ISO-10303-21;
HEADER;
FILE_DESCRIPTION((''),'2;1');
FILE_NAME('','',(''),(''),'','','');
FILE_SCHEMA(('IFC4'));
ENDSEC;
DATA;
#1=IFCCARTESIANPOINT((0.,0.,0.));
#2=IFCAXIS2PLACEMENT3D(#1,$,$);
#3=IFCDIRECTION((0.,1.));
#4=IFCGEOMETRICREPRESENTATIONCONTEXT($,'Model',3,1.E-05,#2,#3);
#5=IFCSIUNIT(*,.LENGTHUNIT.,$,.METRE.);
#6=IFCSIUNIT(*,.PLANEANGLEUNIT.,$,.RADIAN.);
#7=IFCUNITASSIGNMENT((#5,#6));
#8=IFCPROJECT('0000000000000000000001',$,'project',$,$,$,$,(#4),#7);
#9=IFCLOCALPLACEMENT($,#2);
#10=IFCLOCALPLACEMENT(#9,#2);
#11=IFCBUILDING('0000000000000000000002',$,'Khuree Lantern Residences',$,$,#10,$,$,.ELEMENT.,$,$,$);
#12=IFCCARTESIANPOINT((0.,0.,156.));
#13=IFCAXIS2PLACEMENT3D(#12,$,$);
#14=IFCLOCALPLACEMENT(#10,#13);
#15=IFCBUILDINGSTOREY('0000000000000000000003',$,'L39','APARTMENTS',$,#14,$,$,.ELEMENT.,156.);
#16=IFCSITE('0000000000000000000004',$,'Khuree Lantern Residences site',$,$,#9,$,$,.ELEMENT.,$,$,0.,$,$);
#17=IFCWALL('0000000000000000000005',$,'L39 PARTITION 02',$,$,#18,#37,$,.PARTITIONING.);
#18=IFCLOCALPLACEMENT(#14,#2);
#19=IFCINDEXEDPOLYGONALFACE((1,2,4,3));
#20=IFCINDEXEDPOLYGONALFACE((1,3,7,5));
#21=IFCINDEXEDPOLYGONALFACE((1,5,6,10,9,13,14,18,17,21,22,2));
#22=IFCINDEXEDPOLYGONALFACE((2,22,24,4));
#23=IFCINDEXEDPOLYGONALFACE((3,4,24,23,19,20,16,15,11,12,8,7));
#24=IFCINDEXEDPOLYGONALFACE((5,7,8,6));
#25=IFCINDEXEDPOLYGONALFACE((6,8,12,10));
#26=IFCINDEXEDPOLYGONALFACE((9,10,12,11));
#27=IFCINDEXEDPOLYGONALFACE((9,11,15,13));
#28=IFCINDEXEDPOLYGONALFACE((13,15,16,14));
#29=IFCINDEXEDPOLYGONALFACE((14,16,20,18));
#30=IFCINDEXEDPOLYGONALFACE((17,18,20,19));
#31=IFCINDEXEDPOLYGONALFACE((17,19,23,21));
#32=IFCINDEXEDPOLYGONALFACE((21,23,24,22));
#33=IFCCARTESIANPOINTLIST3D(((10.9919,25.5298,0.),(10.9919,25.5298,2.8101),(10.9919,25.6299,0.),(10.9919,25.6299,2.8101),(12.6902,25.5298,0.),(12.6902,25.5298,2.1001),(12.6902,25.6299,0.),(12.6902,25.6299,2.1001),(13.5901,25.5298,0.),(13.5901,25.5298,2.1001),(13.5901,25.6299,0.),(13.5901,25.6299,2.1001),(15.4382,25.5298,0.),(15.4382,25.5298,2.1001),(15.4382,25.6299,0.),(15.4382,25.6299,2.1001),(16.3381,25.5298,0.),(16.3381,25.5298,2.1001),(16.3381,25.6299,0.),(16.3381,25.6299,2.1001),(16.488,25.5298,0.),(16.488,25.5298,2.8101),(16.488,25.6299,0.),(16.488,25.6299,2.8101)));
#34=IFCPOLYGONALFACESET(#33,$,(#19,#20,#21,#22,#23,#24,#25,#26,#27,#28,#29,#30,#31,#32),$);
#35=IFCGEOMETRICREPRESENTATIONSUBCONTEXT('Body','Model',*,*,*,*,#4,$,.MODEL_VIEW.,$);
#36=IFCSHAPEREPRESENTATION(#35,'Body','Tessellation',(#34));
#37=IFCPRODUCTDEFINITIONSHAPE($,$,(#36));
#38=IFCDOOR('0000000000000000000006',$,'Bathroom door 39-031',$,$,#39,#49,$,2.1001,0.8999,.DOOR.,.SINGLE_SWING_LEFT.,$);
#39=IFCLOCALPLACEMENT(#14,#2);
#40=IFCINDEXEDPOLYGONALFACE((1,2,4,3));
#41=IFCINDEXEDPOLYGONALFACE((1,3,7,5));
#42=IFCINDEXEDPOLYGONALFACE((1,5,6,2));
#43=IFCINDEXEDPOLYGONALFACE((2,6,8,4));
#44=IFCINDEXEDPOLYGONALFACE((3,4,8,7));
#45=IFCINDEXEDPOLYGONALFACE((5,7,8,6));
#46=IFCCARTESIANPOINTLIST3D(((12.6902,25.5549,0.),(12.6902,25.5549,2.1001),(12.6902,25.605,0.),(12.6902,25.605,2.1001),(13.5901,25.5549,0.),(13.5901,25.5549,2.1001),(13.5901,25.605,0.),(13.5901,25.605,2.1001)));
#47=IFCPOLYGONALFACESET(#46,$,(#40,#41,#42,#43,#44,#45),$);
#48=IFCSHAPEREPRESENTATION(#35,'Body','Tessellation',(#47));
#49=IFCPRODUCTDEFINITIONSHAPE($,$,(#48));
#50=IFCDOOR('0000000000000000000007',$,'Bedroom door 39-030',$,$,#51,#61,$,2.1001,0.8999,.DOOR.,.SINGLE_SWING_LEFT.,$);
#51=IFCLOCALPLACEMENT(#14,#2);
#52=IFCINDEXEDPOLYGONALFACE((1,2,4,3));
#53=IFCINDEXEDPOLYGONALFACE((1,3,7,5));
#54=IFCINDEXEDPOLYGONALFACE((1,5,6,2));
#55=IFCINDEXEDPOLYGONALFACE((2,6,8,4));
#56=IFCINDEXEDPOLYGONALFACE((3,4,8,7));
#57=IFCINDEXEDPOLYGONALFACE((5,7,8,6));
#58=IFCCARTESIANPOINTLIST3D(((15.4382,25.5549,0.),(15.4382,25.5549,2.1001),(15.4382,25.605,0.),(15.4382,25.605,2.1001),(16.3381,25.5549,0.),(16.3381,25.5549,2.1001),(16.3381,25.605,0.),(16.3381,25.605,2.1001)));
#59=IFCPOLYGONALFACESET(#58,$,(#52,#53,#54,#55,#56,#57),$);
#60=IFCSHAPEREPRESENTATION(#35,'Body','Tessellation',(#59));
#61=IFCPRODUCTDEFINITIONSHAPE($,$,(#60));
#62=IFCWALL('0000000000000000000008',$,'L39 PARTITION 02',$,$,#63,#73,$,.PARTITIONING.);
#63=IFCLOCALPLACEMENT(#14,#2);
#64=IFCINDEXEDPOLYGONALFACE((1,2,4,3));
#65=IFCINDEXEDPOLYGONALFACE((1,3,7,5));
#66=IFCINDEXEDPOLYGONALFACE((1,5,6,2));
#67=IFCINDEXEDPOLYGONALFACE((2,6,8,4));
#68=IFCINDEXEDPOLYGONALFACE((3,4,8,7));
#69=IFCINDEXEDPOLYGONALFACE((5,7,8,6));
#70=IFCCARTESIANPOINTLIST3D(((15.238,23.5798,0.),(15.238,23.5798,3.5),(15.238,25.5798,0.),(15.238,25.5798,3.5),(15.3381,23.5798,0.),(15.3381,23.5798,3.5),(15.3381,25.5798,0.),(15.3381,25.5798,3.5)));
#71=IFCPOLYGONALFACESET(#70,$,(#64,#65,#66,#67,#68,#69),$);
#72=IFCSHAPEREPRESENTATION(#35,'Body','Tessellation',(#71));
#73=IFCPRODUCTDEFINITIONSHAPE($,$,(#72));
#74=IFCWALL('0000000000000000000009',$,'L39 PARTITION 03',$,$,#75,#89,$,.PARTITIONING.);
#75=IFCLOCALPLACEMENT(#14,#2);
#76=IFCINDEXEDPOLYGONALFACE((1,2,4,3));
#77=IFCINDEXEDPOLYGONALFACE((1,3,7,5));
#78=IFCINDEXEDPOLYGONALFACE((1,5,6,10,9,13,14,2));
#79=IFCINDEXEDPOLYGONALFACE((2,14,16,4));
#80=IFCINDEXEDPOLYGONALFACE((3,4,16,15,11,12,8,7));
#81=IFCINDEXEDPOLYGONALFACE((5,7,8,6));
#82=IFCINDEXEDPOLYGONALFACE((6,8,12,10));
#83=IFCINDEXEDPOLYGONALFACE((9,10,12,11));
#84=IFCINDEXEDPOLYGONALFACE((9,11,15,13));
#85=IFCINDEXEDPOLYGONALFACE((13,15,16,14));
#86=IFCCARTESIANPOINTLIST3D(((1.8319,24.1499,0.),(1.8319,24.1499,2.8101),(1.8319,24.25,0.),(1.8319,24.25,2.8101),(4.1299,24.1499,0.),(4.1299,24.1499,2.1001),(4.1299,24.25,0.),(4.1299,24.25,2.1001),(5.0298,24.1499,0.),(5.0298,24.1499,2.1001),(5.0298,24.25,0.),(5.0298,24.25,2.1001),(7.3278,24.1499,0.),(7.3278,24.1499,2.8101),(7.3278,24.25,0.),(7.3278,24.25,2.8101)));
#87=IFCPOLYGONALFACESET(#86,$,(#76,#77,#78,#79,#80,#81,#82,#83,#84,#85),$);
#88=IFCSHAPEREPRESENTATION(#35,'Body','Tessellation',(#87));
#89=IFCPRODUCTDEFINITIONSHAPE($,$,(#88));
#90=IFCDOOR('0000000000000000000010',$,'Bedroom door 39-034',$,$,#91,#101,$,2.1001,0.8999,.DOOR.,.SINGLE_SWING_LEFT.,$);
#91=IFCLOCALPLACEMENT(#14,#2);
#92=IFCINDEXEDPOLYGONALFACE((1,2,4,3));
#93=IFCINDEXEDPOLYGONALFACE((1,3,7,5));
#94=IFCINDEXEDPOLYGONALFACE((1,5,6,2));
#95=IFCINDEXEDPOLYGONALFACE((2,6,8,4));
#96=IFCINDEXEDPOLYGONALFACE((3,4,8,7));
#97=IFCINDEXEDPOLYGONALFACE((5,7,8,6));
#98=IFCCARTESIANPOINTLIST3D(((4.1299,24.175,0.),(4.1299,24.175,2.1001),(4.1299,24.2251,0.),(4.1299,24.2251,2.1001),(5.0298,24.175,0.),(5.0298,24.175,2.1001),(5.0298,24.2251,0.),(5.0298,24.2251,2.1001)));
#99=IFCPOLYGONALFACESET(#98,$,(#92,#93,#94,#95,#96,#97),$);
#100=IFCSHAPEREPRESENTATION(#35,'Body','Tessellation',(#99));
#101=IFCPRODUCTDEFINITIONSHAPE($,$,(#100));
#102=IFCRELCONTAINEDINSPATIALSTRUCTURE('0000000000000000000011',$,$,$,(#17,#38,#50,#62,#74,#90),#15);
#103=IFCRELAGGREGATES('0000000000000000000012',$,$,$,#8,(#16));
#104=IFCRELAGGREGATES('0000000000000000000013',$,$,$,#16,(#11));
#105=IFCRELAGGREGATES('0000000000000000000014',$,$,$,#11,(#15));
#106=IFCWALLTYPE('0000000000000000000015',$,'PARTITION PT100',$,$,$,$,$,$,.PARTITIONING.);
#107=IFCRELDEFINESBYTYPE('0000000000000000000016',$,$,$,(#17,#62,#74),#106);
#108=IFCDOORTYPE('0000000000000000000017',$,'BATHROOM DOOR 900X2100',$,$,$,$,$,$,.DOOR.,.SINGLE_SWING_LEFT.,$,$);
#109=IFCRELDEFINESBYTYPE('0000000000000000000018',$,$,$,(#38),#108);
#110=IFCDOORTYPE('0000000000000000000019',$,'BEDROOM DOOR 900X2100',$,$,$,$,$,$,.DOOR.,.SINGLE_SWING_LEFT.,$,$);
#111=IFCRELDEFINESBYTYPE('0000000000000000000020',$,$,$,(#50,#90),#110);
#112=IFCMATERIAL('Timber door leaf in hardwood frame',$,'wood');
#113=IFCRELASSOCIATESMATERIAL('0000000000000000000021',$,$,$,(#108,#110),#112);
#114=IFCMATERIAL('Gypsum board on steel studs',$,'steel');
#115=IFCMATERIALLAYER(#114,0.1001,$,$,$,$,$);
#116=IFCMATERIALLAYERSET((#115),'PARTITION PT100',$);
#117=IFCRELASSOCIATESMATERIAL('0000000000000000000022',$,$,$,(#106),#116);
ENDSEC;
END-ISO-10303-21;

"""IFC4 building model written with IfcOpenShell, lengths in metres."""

from ifc_helpers import new_model, si_unit, direction, frame, frame_2d, origin, place, context, subcontext, project, spatial, rectangle, extrude, material, layer, layer_set, type_object, element, fill, save


model = new_model("IFC4")

# Units and contexts
model_context = context("Model", 3, precision=1e-05, world=origin(), true_north=direction((0.0, 1.0)))
body_context = subcontext(model_context, "Body", "Model", "MODEL_VIEW")
ifc_project = project(units=[si_unit("LENGTHUNIT", "METRE"), si_unit("PLANEANGLEUNIT", "RADIAN")], contexts=[model_context])

# Site, building, storey
site_placement = place(None, origin())
site = spatial("IfcSite", under=ifc_project, at=site_placement, Name="Khuree Lantern Residences site", CompositionType="ELEMENT", RefElevation=0.0)
building_placement = place(site_placement, origin())
building = spatial("IfcBuilding", under=site, at=building_placement, Name="Khuree Lantern Residences", CompositionType="ELEMENT")
storey_placement = place(building_placement, frame((0.0, 0.0, 156.0)))
storey = spatial("IfcBuildingStorey", under=building, at=storey_placement, Name="L39", Description="APARTMENTS", CompositionType="ELEMENT", Elevation=156.0)

# Shared definitions
ifc_material_1 = material(Name="Timber door leaf in hardwood frame", Category="wood")
door_type_1 = type_object("IfcDoorType", Name="BATHROOM DOOR 900X2100", OperationType="SINGLE_SWING_LEFT", PredefinedType="DOOR", material=ifc_material_1)

# Shared definitions
ifc_material_2 = material(Name="Gypsum board on steel studs", Category="steel")
ifc_layer_1 = layer(ifc_material_2, 0.1001)
ifc_layer_set_1 = layer_set([ifc_layer_1], Name="PARTITION PT100")
wall_type_1 = type_object("IfcWallType", Name="PARTITION PT100", PredefinedType="PARTITIONING", material=ifc_layer_set_1)

# Wall, openings, doors
wall_1_placement = place(storey_placement, frame((16.488, 25.5798, 0.0), z_axis=(0.0, 0.0, 1.0), x_axis=(-1.0, 0.0, 0.0)))
wall_1 = element("IfcWall", 1, at=wall_1_placement, inside=storey, type_object=wall_type_1, Name="L39 PARTITION 02", PredefinedType="PARTITIONING", context=body_context, shape_type="SweptSolid", body=[
    extrude(rectangle(XDim=5.4961, YDim=0.1001, at=frame_2d((2.748, 0.0))), origin(), (0.0, 0.0, 1.0), 2.8101),
])
opening_1_placement = place(wall_1_placement, frame((0.1499, 0.0, 0.0)))
opening_1 = element("IfcOpeningElement", 2, at=opening_1_placement, cuts=wall_1, PredefinedType="OPENING", context=body_context, shape_type="SweptSolid", body=[
    extrude(rectangle(XDim=0.8999, YDim=2.1001, at=frame_2d((0.45, 1.05))), frame((0.0, 0.0601, 0.0), z_axis=(0.0, -1.0, 0.0), x_axis=(1.0, 0.0, 0.0)), (0.0, 0.0, 1.0), 0.1201),
])
opening_2_placement = place(wall_1_placement, frame((2.8979, 0.0, 0.0)))
opening_2 = element("IfcOpeningElement", 3, at=opening_2_placement, cuts=wall_1, PredefinedType="OPENING", context=body_context, shape_type="SweptSolid", body=[
    extrude(rectangle(XDim=0.8999, YDim=2.1001, at=frame_2d((0.45, 1.05))), frame((0.0, 0.0601, 0.0), z_axis=(0.0, -1.0, 0.0), x_axis=(1.0, 0.0, 0.0)), (0.0, 0.0, 1.0), 0.1201),
])
door_1_placement = place(opening_2_placement, origin())
door_1 = element("IfcDoor", 4, at=door_1_placement, inside=storey, type_object=door_type_1, Name="Bathroom door 39-031", OperationType="SINGLE_SWING_LEFT", OverallHeight=2.1001, OverallWidth=0.8999, PredefinedType="DOOR", context=body_context, shape_type="SweptSolid", body=[
    extrude(rectangle(XDim=0.8999, YDim=2.1001, at=frame_2d((0.45, 1.05))), frame((0.0, 0.0249, 0.0), z_axis=(0.0, -1.0, 0.0), x_axis=(1.0, 0.0, 0.0)), (0.0, 0.0, 1.0), 0.05),
])
fill(opening_2, door_1)
door_type_2 = type_object("IfcDoorType", Name="BEDROOM DOOR 900X2100", OperationType="SINGLE_SWING_LEFT", PredefinedType="DOOR", material=ifc_material_1)
door_2_placement = place(opening_1_placement, origin())
door_2 = element("IfcDoor", 5, at=door_2_placement, inside=storey, type_object=door_type_2, Name="Bedroom door 39-030", OperationType="SINGLE_SWING_LEFT", OverallHeight=2.1001, OverallWidth=0.8999, PredefinedType="DOOR", context=body_context, shape_type="SweptSolid", body=[
    extrude(rectangle(XDim=0.8999, YDim=2.1001, at=frame_2d((0.45, 1.05))), frame((0.0, 0.0249, 0.0), z_axis=(0.0, -1.0, 0.0), x_axis=(1.0, 0.0, 0.0)), (0.0, 0.0, 1.0), 0.05),
])
fill(opening_1, door_2)

# Wall
wall_2_placement = place(storey_placement, frame((15.2881, 23.5798, 0.0), z_axis=(0.0, 0.0, 1.0), x_axis=(0.0, 1.0, 0.0)))
element("IfcWall", 6, at=wall_2_placement, inside=storey, type_object=wall_type_1, Name="L39 PARTITION 02", PredefinedType="PARTITIONING", context=body_context, shape_type="SweptSolid", body=[
    extrude(rectangle(XDim=2.0, YDim=0.1001, at=frame_2d((1.0, 0.0))), origin(), (0.0, 0.0, 1.0), 3.5),
])

# Wall, opening, door
wall_3_placement = place(storey_placement, frame((7.3279, 24.2, 0.0), z_axis=(0.0, 0.0, 1.0), x_axis=(-1.0, 0.0, 0.0)))
wall_3 = element("IfcWall", 7, at=wall_3_placement, inside=storey, type_object=wall_type_1, Name="L39 PARTITION 03", PredefinedType="PARTITIONING", context=body_context, shape_type="SweptSolid", body=[
    extrude(rectangle(XDim=5.4958, YDim=0.1001, at=frame_2d((2.748, 0.0))), origin(), (0.0, 0.0, 1.0), 2.8101),
])
opening_3_placement = place(wall_3_placement, frame((2.2981, 0.0, 0.0)))
opening_3 = element("IfcOpeningElement", 8, at=opening_3_placement, cuts=wall_3, PredefinedType="OPENING", context=body_context, shape_type="SweptSolid", body=[
    extrude(rectangle(XDim=0.8999, YDim=2.1001, at=frame_2d((0.45, 1.05))), frame((0.0, 0.0601, 0.0), z_axis=(0.0, -1.0, 0.0), x_axis=(1.0, 0.0, 0.0)), (0.0, 0.0, 1.0), 0.1201),
])
door_3_placement = place(opening_3_placement, origin())
door_3 = element("IfcDoor", 9, at=door_3_placement, inside=storey, type_object=door_type_2, Name="Bedroom door 39-034", OperationType="SINGLE_SWING_LEFT", OverallHeight=2.1001, OverallWidth=0.8999, PredefinedType="DOOR", context=body_context, shape_type="SweptSolid", body=[
    extrude(rectangle(XDim=0.8999, YDim=2.1001, at=frame_2d((0.45, 1.05))), frame((0.0, 0.0249, 0.0), z_axis=(0.0, -1.0, 0.0), x_axis=(1.0, 0.0, 0.0)), (0.0, 0.0, 1.0), 0.05),
])
fill(opening_3, door_3)

save(model, "model.ifc")
